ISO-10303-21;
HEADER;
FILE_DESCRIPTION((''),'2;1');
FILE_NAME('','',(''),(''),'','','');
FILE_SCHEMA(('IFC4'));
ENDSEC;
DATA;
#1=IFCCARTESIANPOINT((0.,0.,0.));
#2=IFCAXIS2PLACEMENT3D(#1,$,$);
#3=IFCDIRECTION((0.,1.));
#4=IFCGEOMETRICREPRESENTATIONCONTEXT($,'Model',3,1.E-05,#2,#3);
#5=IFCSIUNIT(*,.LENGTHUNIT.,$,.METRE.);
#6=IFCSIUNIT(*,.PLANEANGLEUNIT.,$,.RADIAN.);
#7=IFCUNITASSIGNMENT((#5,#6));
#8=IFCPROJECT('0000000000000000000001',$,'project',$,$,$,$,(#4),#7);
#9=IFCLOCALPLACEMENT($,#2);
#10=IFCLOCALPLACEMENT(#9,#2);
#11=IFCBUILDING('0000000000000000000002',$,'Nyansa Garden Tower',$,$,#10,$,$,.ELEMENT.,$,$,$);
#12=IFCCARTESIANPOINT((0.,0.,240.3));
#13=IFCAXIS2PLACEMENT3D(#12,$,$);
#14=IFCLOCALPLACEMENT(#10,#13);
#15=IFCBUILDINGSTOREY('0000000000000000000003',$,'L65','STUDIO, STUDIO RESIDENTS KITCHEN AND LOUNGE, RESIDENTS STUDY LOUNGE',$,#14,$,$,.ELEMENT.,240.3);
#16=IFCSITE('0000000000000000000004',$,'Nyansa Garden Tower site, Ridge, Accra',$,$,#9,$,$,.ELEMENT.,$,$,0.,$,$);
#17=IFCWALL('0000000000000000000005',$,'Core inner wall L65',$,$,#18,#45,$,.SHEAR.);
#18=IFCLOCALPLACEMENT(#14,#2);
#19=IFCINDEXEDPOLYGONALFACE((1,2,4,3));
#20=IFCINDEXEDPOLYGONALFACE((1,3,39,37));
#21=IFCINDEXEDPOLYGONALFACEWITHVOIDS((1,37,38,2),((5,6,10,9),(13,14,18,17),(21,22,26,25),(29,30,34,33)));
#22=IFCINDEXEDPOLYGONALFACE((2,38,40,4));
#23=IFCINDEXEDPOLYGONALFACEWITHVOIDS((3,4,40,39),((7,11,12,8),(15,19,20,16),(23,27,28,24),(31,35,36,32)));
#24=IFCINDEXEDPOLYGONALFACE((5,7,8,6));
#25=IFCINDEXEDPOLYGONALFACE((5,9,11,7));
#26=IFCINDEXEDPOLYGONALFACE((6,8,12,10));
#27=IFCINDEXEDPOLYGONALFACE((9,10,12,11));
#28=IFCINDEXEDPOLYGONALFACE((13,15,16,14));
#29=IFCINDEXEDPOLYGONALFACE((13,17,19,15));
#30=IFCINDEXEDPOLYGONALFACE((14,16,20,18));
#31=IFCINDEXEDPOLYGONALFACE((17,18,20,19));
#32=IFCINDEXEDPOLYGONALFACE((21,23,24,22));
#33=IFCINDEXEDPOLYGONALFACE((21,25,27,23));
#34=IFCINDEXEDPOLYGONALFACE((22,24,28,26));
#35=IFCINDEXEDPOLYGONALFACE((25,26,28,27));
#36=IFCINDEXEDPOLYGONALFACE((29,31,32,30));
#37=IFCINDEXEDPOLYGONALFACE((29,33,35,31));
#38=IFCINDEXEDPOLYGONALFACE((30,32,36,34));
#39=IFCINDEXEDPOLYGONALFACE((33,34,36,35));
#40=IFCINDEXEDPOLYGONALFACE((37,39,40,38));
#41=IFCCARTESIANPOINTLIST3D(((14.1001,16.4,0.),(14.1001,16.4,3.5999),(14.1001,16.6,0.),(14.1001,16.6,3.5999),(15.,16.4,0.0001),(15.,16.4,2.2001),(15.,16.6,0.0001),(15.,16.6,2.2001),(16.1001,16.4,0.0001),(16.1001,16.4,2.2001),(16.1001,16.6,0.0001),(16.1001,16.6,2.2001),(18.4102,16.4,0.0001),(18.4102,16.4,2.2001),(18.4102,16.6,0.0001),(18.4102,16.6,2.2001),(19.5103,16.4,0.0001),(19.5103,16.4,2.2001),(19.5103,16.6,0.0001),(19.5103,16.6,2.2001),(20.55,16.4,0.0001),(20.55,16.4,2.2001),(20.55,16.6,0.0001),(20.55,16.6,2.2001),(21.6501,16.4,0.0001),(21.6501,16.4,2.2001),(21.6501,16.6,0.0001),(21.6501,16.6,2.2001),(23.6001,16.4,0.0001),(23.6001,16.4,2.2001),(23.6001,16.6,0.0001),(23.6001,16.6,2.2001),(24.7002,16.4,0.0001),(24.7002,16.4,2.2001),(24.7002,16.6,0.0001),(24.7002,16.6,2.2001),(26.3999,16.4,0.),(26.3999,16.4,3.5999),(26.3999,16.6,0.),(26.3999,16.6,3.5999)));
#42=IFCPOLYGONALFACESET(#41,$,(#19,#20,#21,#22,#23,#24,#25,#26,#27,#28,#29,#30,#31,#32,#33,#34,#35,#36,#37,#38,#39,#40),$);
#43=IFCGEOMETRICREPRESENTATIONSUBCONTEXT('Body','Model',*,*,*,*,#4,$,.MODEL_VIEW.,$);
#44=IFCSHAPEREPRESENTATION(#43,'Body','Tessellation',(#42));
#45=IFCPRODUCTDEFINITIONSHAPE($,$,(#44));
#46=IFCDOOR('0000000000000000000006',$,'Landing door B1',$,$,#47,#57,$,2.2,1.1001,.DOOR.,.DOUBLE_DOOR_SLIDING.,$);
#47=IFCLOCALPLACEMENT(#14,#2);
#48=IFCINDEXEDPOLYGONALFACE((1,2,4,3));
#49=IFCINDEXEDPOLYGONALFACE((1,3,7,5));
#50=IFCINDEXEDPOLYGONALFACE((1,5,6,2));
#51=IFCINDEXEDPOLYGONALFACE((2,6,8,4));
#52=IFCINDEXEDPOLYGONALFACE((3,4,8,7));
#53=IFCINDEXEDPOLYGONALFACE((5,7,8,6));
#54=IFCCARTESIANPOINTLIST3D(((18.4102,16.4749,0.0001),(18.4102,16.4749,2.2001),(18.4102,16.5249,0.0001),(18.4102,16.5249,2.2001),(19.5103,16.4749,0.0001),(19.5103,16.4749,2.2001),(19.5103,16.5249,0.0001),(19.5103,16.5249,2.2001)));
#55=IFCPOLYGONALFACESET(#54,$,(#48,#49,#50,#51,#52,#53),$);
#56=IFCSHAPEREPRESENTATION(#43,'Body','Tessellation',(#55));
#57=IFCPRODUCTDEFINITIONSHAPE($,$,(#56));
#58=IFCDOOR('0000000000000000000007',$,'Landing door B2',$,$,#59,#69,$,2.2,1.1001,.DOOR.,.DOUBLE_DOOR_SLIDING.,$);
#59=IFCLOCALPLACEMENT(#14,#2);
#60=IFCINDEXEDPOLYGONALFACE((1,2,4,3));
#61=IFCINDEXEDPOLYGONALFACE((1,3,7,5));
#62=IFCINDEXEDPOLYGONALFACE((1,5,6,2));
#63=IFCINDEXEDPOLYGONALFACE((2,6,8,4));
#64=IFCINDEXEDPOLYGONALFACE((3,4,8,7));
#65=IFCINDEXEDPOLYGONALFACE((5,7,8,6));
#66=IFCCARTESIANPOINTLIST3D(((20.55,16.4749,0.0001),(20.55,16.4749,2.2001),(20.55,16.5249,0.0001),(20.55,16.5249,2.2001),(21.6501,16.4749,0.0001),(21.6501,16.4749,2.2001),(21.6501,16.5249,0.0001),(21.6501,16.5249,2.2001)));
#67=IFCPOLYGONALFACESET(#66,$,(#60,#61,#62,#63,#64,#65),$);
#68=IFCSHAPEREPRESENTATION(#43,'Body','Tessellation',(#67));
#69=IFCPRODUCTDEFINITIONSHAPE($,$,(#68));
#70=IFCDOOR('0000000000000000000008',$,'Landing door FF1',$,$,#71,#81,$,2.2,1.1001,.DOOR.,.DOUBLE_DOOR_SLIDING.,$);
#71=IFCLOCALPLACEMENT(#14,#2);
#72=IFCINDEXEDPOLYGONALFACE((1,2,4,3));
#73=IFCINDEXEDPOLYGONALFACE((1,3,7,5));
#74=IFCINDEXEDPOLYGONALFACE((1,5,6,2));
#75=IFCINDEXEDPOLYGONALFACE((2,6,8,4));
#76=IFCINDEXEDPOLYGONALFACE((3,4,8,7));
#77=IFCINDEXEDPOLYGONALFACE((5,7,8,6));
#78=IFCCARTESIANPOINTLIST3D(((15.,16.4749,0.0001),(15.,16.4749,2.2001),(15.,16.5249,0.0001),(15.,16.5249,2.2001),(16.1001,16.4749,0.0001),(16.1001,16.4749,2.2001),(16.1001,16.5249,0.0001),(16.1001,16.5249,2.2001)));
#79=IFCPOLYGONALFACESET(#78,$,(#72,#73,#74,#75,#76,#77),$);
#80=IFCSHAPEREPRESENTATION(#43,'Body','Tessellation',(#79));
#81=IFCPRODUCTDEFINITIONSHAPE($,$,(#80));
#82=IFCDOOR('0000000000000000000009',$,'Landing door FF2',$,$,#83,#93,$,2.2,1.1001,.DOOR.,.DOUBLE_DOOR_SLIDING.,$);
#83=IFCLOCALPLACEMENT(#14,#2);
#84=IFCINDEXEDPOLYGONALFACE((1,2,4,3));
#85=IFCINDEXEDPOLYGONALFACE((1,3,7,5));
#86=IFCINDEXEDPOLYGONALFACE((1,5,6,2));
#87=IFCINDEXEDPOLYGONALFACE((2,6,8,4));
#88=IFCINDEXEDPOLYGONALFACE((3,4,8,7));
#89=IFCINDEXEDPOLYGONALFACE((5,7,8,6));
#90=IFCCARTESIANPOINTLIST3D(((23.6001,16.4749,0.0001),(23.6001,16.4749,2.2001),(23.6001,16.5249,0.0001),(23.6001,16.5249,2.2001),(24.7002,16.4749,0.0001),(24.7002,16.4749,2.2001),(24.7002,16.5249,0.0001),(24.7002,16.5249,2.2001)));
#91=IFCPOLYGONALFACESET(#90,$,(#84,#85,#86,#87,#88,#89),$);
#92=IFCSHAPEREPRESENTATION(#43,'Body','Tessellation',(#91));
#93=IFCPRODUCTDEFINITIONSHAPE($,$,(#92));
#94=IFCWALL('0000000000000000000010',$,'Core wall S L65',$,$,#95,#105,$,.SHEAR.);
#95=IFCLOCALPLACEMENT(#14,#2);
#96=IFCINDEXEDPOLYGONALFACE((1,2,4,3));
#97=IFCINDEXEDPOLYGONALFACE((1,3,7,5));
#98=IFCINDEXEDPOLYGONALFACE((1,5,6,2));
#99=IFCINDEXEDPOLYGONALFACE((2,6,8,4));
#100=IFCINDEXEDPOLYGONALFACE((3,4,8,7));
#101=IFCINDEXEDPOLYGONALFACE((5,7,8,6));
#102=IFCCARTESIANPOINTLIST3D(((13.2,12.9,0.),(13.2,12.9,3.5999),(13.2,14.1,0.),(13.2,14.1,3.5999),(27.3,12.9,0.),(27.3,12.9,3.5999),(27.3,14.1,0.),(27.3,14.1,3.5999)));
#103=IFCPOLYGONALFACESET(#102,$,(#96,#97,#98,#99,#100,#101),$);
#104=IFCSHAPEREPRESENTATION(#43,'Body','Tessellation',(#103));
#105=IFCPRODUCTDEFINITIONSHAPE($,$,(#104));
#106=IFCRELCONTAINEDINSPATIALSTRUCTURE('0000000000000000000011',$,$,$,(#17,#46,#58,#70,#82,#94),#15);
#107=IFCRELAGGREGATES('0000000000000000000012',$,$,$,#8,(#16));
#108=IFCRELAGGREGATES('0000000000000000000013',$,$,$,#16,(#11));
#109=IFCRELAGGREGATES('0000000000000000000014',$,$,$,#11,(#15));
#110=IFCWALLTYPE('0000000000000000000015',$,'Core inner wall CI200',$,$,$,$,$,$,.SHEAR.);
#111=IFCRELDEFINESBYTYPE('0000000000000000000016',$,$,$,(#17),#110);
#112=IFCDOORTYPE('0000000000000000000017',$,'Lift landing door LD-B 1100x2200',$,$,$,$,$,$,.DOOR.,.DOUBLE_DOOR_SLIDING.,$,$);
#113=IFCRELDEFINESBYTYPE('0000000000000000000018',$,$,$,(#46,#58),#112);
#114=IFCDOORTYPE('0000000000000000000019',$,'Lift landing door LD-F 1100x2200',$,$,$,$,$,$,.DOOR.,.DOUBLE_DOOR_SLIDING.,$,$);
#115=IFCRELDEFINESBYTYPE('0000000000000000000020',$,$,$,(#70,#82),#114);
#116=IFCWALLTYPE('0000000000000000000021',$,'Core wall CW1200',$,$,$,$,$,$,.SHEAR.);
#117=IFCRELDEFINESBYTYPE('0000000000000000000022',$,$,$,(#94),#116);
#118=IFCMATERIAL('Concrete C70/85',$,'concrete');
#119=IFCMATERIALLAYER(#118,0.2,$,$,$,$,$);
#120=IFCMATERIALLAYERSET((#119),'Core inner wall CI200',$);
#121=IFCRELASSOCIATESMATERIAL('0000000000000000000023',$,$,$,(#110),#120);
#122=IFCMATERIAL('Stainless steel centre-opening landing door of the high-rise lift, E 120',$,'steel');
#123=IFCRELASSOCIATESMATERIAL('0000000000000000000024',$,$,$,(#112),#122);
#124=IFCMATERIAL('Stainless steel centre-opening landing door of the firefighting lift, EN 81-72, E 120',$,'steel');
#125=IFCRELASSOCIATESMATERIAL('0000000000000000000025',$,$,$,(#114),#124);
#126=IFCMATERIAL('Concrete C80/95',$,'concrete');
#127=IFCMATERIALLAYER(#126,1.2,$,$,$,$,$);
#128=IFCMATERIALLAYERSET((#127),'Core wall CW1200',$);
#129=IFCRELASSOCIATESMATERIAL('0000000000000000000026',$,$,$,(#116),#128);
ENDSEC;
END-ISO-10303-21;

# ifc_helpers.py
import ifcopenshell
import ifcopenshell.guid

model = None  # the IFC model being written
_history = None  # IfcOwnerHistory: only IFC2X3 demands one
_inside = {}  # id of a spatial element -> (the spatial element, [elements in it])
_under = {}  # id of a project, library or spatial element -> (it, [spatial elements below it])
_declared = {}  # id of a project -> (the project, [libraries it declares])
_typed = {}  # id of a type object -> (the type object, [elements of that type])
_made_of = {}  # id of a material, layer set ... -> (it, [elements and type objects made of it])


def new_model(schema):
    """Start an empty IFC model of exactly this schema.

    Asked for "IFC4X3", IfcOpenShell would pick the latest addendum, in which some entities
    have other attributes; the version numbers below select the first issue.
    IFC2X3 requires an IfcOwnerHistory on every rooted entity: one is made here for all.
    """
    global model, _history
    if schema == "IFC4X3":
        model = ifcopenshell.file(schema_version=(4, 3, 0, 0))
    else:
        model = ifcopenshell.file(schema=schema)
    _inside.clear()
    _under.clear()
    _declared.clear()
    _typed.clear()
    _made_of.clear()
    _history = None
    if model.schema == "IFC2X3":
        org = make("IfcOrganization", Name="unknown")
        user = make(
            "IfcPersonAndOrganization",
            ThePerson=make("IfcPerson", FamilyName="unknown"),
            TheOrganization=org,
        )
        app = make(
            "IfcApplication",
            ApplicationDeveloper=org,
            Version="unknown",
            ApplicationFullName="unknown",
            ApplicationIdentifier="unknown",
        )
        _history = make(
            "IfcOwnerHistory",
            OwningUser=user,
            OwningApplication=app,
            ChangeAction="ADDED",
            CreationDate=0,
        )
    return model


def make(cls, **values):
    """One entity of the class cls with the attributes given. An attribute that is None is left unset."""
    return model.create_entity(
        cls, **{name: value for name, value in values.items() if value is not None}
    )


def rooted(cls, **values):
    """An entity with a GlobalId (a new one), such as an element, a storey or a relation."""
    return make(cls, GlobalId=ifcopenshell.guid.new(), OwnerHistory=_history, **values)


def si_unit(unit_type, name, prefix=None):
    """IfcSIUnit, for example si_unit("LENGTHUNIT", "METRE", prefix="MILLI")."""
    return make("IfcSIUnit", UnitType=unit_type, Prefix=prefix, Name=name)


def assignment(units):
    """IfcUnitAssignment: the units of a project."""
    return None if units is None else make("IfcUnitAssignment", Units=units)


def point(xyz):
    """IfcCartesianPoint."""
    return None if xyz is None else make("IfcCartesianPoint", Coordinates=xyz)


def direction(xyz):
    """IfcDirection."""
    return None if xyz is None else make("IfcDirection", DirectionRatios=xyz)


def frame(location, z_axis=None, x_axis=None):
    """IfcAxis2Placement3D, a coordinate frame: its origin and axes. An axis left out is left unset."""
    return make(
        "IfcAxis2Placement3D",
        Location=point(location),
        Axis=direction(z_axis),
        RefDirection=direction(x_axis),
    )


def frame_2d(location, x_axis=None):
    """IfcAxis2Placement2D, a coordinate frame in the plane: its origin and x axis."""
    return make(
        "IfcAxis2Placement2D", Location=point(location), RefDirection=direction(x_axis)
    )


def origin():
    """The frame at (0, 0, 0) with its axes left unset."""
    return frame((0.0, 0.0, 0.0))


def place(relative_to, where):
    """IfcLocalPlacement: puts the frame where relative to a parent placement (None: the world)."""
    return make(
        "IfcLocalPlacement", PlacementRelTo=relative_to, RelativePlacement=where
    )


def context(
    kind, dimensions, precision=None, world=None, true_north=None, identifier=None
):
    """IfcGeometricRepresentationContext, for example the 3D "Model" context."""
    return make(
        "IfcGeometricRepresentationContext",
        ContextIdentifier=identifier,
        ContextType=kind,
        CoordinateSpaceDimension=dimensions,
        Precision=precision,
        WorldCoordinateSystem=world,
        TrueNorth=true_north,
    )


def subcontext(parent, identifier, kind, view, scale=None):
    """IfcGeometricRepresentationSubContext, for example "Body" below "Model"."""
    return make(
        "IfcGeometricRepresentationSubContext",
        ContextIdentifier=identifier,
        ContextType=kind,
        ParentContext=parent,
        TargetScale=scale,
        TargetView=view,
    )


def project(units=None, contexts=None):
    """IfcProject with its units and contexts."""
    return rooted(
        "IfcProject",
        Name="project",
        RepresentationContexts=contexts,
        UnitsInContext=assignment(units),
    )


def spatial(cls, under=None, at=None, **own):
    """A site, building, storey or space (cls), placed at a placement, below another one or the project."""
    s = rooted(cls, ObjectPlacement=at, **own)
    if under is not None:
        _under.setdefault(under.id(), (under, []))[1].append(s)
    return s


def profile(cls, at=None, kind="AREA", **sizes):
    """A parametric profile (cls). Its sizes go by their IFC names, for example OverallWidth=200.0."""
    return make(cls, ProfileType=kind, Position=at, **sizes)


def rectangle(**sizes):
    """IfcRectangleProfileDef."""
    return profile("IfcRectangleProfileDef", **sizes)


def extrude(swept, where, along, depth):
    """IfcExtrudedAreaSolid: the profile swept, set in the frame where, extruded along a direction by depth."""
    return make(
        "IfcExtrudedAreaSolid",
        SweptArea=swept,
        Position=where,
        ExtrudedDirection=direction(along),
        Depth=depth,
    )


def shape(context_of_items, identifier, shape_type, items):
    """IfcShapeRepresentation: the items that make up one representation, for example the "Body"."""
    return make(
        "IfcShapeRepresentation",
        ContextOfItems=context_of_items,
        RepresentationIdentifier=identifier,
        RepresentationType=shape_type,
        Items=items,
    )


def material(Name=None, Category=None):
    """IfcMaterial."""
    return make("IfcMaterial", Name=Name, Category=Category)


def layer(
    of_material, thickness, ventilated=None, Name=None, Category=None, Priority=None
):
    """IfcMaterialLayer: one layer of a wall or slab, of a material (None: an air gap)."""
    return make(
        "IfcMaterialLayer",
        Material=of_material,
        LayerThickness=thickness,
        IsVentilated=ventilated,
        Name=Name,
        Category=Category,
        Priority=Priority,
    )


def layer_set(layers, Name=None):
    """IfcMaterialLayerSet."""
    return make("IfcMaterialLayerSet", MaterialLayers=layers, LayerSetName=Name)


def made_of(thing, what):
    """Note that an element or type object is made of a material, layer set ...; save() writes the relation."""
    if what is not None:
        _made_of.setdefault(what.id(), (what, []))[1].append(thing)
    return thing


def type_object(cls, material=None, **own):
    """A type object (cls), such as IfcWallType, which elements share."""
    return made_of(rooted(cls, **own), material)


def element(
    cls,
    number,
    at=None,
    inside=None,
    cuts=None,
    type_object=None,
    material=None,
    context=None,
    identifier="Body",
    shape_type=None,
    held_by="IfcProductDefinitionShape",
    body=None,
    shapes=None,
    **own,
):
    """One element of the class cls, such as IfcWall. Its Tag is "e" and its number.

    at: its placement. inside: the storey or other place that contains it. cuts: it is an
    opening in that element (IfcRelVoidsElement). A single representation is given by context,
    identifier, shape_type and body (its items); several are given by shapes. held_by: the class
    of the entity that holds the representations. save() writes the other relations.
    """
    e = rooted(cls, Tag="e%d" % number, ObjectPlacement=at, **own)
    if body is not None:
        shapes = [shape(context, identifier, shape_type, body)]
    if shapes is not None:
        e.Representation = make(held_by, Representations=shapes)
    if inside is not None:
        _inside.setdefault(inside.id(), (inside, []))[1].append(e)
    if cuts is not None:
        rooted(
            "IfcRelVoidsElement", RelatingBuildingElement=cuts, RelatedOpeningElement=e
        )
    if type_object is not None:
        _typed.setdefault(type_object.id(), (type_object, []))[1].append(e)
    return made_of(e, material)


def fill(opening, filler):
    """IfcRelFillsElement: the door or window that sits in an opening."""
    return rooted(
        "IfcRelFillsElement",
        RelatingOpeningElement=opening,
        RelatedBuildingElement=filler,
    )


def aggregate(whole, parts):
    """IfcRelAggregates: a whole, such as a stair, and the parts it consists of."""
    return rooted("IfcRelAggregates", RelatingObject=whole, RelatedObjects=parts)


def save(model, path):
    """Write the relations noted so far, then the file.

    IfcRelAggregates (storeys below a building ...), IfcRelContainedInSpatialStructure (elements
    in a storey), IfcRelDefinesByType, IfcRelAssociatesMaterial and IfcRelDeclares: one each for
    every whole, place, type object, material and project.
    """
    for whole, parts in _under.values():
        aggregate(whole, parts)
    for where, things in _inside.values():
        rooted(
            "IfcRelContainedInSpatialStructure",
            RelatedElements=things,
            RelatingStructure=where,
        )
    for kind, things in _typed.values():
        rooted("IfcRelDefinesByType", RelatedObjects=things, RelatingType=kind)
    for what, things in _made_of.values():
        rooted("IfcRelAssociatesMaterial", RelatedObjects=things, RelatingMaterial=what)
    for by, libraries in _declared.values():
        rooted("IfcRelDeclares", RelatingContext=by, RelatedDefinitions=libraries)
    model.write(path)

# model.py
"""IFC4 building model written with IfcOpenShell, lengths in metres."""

from ifc_helpers import new_model, si_unit, direction, frame, frame_2d, origin, place, context, subcontext, project, spatial, rectangle, extrude, material, layer, layer_set, type_object, element, fill, save


model = new_model("IFC4")

# Units and contexts
model_context = context("Model", 3, precision=1e-05, world=origin(), true_north=direction((0.0, 1.0)))
body_context = subcontext(model_context, "Body", "Model", "MODEL_VIEW")
ifc_project = project(units=[si_unit("LENGTHUNIT", "METRE"), si_unit("PLANEANGLEUNIT", "RADIAN")], contexts=[model_context])

# Site, building, storey
site_placement = place(None, origin())
site = spatial("IfcSite", under=ifc_project, at=site_placement, Name="Nyansa Garden Tower site, Ridge, Accra", CompositionType="ELEMENT", RefElevation=0.0)
building_placement = place(site_placement, origin())
building = spatial("IfcBuilding", under=site, at=building_placement, Name="Nyansa Garden Tower", CompositionType="ELEMENT")
storey_placement = place(building_placement, frame((0.0, 0.0, 240.3)))
storey = spatial("IfcBuildingStorey", under=building, at=storey_placement, Name="L65", Description="STUDIO, STUDIO RESIDENTS KITCHEN AND LOUNGE, RESIDENTS STUDY LOUNGE", CompositionType="ELEMENT", Elevation=240.3)

# Wall, openings, doors
ifc_material_1 = material(Name="Concrete C70/85", Category="concrete")
ifc_layer_1 = layer(ifc_material_1, 0.2)
ifc_layer_set_1 = layer_set([ifc_layer_1], Name="Core inner wall CI200")
wall_type_1 = type_object("IfcWallType", Name="Core inner wall CI200", PredefinedType="SHEAR", material=ifc_layer_set_1)
wall_1_placement = place(storey_placement, frame((14.1001, 16.5, 0.0), z_axis=(0.0, 0.0, 1.0), x_axis=(1.0, 0.0, 0.0)))
wall_1 = element("IfcWall", 1, at=wall_1_placement, inside=storey, type_object=wall_type_1, Name="Core inner wall L65", PredefinedType="SHEAR", context=body_context, shape_type="SweptSolid", body=[
    extrude(rectangle(XDim=12.2998, YDim=0.2, at=frame_2d((6.1499, 0.0))), origin(), (0.0, 0.0, 1.0), 3.5999),
])
opening_1_placement = place(wall_1_placement, frame((0.8999, 0.0, 0.0)))
opening_1 = element("IfcOpeningElement", 2, at=opening_1_placement, cuts=wall_1, PredefinedType="OPENING", context=body_context, shape_type="SweptSolid", body=[
    extrude(rectangle(XDim=1.1001, YDim=2.2, at=frame_2d((0.55, 1.1001))), frame((0.0, 0.1099, 0.0), z_axis=(0.0, -1.0, 0.0), x_axis=(1.0, 0.0, 0.0)), (0.0, 0.0, 1.0), 0.22),
])
opening_2_placement = place(wall_1_placement, frame((4.3101, 0.0, 0.0)))
opening_2 = element("IfcOpeningElement", 3, at=opening_2_placement, cuts=wall_1, PredefinedType="OPENING", context=body_context, shape_type="SweptSolid", body=[
    extrude(rectangle(XDim=1.1001, YDim=2.2, at=frame_2d((0.55, 1.1001))), frame((0.0, 0.1099, 0.0), z_axis=(0.0, -1.0, 0.0), x_axis=(1.0, 0.0, 0.0)), (0.0, 0.0, 1.0), 0.22),
])
opening_3_placement = place(wall_1_placement, frame((6.45, 0.0, 0.0)))
opening_3 = element("IfcOpeningElement", 4, at=opening_3_placement, cuts=wall_1, PredefinedType="OPENING", context=body_context, shape_type="SweptSolid", body=[
    extrude(rectangle(XDim=1.1001, YDim=2.2, at=frame_2d((0.55, 1.1001))), frame((0.0, 0.1099, 0.0), z_axis=(0.0, -1.0, 0.0), x_axis=(1.0, 0.0, 0.0)), (0.0, 0.0, 1.0), 0.22),
])
opening_4_placement = place(wall_1_placement, frame((9.5, 0.0, 0.0)))
opening_4 = element("IfcOpeningElement", 5, at=opening_4_placement, cuts=wall_1, PredefinedType="OPENING", context=body_context, shape_type="SweptSolid", body=[
    extrude(rectangle(XDim=1.1001, YDim=2.2, at=frame_2d((0.55, 1.1001))), frame((0.0, 0.1099, 0.0), z_axis=(0.0, -1.0, 0.0), x_axis=(1.0, 0.0, 0.0)), (0.0, 0.0, 1.0), 0.22),
])
ifc_material_2 = material(Name="Stainless steel centre-opening landing door of the high-rise lift, E 120", Category="steel")
door_type_1 = type_object("IfcDoorType", Name="Lift landing door LD-B 1100x2200", OperationType="DOUBLE_DOOR_SLIDING", PredefinedType="DOOR", material=ifc_material_2)
door_1_placement = place(opening_2_placement, origin())
door_1 = element("IfcDoor", 6, at=door_1_placement, inside=storey, type_object=door_type_1, Name="Landing door B1", OperationType="DOUBLE_DOOR_SLIDING", OverallHeight=2.2, OverallWidth=1.1001, PredefinedType="DOOR", context=body_context, shape_type="SweptSolid", body=[
    extrude(rectangle(XDim=1.1001, YDim=2.2, at=frame_2d((0.55, 1.1001))), frame((0.0, 0.0249, 0.0), z_axis=(0.0, -1.0, 0.0), x_axis=(1.0, 0.0, 0.0)), (0.0, 0.0, 1.0), 0.05),
])
fill(opening_2, door_1)
door_2_placement = place(opening_3_placement, origin())
door_2 = element("IfcDoor", 7, at=door_2_placement, inside=storey, type_object=door_type_1, Name="Landing door B2", OperationType="DOUBLE_DOOR_SLIDING", OverallHeight=2.2, OverallWidth=1.1001, PredefinedType="DOOR", context=body_context, shape_type="SweptSolid", body=[
    extrude(rectangle(XDim=1.1001, YDim=2.2, at=frame_2d((0.55, 1.1001))), frame((0.0, 0.0249, 0.0), z_axis=(0.0, -1.0, 0.0), x_axis=(1.0, 0.0, 0.0)), (0.0, 0.0, 1.0), 0.05),
])
fill(opening_3, door_2)
ifc_material_3 = material(Name="Stainless steel centre-opening landing door of the firefighting lift, EN 81-72, E 120", Category="steel")
door_type_2 = type_object("IfcDoorType", Name="Lift landing door LD-F 1100x2200", OperationType="DOUBLE_DOOR_SLIDING", PredefinedType="DOOR", material=ifc_material_3)
door_3_placement = place(opening_1_placement, origin())
door_3 = element("IfcDoor", 8, at=door_3_placement, inside=storey, type_object=door_type_2, Name="Landing door FF1", OperationType="DOUBLE_DOOR_SLIDING", OverallHeight=2.2, OverallWidth=1.1001, PredefinedType="DOOR", context=body_context, shape_type="SweptSolid", body=[
    extrude(rectangle(XDim=1.1001, YDim=2.2, at=frame_2d((0.55, 1.1001))), frame((0.0, 0.0249, 0.0), z_axis=(0.0, -1.0, 0.0), x_axis=(1.0, 0.0, 0.0)), (0.0, 0.0, 1.0), 0.05),
])
fill(opening_1, door_3)
door_4_placement = place(opening_4_placement, origin())
door_4 = element("IfcDoor", 9, at=door_4_placement, inside=storey, type_object=door_type_2, Name="Landing door FF2", OperationType="DOUBLE_DOOR_SLIDING", OverallHeight=2.2, OverallWidth=1.1001, PredefinedType="DOOR", context=body_context, shape_type="SweptSolid", body=[
    extrude(rectangle(XDim=1.1001, YDim=2.2, at=frame_2d((0.55, 1.1001))), frame((0.0, 0.0249, 0.0), z_axis=(0.0, -1.0, 0.0), x_axis=(1.0, 0.0, 0.0)), (0.0, 0.0, 1.0), 0.05),
])
fill(opening_4, door_4)

# Wall
ifc_material_4 = material(Name="Concrete C80/95", Category="concrete")
ifc_layer_2 = layer(ifc_material_4, 1.2)
ifc_layer_set_2 = layer_set([ifc_layer_2], Name="Core wall CW1200")
wall_type_2 = type_object("IfcWallType", Name="Core wall CW1200", PredefinedType="SHEAR", material=ifc_layer_set_2)
wall_2_placement = place(storey_placement, frame((13.2, 13.5, 0.0), z_axis=(0.0, 0.0, 1.0), x_axis=(1.0, 0.0, 0.0)))
element("IfcWall", 10, at=wall_2_placement, inside=storey, type_object=wall_type_2, Name="Core wall S L65", PredefinedType="SHEAR", context=body_context, shape_type="SweptSolid", body=[
    extrude(rectangle(XDim=14.1001, YDim=1.2, at=frame_2d((7.05, 0.0))), origin(), (0.0, 0.0, 1.0), 3.5999),
])

save(model, "model.ifc")
